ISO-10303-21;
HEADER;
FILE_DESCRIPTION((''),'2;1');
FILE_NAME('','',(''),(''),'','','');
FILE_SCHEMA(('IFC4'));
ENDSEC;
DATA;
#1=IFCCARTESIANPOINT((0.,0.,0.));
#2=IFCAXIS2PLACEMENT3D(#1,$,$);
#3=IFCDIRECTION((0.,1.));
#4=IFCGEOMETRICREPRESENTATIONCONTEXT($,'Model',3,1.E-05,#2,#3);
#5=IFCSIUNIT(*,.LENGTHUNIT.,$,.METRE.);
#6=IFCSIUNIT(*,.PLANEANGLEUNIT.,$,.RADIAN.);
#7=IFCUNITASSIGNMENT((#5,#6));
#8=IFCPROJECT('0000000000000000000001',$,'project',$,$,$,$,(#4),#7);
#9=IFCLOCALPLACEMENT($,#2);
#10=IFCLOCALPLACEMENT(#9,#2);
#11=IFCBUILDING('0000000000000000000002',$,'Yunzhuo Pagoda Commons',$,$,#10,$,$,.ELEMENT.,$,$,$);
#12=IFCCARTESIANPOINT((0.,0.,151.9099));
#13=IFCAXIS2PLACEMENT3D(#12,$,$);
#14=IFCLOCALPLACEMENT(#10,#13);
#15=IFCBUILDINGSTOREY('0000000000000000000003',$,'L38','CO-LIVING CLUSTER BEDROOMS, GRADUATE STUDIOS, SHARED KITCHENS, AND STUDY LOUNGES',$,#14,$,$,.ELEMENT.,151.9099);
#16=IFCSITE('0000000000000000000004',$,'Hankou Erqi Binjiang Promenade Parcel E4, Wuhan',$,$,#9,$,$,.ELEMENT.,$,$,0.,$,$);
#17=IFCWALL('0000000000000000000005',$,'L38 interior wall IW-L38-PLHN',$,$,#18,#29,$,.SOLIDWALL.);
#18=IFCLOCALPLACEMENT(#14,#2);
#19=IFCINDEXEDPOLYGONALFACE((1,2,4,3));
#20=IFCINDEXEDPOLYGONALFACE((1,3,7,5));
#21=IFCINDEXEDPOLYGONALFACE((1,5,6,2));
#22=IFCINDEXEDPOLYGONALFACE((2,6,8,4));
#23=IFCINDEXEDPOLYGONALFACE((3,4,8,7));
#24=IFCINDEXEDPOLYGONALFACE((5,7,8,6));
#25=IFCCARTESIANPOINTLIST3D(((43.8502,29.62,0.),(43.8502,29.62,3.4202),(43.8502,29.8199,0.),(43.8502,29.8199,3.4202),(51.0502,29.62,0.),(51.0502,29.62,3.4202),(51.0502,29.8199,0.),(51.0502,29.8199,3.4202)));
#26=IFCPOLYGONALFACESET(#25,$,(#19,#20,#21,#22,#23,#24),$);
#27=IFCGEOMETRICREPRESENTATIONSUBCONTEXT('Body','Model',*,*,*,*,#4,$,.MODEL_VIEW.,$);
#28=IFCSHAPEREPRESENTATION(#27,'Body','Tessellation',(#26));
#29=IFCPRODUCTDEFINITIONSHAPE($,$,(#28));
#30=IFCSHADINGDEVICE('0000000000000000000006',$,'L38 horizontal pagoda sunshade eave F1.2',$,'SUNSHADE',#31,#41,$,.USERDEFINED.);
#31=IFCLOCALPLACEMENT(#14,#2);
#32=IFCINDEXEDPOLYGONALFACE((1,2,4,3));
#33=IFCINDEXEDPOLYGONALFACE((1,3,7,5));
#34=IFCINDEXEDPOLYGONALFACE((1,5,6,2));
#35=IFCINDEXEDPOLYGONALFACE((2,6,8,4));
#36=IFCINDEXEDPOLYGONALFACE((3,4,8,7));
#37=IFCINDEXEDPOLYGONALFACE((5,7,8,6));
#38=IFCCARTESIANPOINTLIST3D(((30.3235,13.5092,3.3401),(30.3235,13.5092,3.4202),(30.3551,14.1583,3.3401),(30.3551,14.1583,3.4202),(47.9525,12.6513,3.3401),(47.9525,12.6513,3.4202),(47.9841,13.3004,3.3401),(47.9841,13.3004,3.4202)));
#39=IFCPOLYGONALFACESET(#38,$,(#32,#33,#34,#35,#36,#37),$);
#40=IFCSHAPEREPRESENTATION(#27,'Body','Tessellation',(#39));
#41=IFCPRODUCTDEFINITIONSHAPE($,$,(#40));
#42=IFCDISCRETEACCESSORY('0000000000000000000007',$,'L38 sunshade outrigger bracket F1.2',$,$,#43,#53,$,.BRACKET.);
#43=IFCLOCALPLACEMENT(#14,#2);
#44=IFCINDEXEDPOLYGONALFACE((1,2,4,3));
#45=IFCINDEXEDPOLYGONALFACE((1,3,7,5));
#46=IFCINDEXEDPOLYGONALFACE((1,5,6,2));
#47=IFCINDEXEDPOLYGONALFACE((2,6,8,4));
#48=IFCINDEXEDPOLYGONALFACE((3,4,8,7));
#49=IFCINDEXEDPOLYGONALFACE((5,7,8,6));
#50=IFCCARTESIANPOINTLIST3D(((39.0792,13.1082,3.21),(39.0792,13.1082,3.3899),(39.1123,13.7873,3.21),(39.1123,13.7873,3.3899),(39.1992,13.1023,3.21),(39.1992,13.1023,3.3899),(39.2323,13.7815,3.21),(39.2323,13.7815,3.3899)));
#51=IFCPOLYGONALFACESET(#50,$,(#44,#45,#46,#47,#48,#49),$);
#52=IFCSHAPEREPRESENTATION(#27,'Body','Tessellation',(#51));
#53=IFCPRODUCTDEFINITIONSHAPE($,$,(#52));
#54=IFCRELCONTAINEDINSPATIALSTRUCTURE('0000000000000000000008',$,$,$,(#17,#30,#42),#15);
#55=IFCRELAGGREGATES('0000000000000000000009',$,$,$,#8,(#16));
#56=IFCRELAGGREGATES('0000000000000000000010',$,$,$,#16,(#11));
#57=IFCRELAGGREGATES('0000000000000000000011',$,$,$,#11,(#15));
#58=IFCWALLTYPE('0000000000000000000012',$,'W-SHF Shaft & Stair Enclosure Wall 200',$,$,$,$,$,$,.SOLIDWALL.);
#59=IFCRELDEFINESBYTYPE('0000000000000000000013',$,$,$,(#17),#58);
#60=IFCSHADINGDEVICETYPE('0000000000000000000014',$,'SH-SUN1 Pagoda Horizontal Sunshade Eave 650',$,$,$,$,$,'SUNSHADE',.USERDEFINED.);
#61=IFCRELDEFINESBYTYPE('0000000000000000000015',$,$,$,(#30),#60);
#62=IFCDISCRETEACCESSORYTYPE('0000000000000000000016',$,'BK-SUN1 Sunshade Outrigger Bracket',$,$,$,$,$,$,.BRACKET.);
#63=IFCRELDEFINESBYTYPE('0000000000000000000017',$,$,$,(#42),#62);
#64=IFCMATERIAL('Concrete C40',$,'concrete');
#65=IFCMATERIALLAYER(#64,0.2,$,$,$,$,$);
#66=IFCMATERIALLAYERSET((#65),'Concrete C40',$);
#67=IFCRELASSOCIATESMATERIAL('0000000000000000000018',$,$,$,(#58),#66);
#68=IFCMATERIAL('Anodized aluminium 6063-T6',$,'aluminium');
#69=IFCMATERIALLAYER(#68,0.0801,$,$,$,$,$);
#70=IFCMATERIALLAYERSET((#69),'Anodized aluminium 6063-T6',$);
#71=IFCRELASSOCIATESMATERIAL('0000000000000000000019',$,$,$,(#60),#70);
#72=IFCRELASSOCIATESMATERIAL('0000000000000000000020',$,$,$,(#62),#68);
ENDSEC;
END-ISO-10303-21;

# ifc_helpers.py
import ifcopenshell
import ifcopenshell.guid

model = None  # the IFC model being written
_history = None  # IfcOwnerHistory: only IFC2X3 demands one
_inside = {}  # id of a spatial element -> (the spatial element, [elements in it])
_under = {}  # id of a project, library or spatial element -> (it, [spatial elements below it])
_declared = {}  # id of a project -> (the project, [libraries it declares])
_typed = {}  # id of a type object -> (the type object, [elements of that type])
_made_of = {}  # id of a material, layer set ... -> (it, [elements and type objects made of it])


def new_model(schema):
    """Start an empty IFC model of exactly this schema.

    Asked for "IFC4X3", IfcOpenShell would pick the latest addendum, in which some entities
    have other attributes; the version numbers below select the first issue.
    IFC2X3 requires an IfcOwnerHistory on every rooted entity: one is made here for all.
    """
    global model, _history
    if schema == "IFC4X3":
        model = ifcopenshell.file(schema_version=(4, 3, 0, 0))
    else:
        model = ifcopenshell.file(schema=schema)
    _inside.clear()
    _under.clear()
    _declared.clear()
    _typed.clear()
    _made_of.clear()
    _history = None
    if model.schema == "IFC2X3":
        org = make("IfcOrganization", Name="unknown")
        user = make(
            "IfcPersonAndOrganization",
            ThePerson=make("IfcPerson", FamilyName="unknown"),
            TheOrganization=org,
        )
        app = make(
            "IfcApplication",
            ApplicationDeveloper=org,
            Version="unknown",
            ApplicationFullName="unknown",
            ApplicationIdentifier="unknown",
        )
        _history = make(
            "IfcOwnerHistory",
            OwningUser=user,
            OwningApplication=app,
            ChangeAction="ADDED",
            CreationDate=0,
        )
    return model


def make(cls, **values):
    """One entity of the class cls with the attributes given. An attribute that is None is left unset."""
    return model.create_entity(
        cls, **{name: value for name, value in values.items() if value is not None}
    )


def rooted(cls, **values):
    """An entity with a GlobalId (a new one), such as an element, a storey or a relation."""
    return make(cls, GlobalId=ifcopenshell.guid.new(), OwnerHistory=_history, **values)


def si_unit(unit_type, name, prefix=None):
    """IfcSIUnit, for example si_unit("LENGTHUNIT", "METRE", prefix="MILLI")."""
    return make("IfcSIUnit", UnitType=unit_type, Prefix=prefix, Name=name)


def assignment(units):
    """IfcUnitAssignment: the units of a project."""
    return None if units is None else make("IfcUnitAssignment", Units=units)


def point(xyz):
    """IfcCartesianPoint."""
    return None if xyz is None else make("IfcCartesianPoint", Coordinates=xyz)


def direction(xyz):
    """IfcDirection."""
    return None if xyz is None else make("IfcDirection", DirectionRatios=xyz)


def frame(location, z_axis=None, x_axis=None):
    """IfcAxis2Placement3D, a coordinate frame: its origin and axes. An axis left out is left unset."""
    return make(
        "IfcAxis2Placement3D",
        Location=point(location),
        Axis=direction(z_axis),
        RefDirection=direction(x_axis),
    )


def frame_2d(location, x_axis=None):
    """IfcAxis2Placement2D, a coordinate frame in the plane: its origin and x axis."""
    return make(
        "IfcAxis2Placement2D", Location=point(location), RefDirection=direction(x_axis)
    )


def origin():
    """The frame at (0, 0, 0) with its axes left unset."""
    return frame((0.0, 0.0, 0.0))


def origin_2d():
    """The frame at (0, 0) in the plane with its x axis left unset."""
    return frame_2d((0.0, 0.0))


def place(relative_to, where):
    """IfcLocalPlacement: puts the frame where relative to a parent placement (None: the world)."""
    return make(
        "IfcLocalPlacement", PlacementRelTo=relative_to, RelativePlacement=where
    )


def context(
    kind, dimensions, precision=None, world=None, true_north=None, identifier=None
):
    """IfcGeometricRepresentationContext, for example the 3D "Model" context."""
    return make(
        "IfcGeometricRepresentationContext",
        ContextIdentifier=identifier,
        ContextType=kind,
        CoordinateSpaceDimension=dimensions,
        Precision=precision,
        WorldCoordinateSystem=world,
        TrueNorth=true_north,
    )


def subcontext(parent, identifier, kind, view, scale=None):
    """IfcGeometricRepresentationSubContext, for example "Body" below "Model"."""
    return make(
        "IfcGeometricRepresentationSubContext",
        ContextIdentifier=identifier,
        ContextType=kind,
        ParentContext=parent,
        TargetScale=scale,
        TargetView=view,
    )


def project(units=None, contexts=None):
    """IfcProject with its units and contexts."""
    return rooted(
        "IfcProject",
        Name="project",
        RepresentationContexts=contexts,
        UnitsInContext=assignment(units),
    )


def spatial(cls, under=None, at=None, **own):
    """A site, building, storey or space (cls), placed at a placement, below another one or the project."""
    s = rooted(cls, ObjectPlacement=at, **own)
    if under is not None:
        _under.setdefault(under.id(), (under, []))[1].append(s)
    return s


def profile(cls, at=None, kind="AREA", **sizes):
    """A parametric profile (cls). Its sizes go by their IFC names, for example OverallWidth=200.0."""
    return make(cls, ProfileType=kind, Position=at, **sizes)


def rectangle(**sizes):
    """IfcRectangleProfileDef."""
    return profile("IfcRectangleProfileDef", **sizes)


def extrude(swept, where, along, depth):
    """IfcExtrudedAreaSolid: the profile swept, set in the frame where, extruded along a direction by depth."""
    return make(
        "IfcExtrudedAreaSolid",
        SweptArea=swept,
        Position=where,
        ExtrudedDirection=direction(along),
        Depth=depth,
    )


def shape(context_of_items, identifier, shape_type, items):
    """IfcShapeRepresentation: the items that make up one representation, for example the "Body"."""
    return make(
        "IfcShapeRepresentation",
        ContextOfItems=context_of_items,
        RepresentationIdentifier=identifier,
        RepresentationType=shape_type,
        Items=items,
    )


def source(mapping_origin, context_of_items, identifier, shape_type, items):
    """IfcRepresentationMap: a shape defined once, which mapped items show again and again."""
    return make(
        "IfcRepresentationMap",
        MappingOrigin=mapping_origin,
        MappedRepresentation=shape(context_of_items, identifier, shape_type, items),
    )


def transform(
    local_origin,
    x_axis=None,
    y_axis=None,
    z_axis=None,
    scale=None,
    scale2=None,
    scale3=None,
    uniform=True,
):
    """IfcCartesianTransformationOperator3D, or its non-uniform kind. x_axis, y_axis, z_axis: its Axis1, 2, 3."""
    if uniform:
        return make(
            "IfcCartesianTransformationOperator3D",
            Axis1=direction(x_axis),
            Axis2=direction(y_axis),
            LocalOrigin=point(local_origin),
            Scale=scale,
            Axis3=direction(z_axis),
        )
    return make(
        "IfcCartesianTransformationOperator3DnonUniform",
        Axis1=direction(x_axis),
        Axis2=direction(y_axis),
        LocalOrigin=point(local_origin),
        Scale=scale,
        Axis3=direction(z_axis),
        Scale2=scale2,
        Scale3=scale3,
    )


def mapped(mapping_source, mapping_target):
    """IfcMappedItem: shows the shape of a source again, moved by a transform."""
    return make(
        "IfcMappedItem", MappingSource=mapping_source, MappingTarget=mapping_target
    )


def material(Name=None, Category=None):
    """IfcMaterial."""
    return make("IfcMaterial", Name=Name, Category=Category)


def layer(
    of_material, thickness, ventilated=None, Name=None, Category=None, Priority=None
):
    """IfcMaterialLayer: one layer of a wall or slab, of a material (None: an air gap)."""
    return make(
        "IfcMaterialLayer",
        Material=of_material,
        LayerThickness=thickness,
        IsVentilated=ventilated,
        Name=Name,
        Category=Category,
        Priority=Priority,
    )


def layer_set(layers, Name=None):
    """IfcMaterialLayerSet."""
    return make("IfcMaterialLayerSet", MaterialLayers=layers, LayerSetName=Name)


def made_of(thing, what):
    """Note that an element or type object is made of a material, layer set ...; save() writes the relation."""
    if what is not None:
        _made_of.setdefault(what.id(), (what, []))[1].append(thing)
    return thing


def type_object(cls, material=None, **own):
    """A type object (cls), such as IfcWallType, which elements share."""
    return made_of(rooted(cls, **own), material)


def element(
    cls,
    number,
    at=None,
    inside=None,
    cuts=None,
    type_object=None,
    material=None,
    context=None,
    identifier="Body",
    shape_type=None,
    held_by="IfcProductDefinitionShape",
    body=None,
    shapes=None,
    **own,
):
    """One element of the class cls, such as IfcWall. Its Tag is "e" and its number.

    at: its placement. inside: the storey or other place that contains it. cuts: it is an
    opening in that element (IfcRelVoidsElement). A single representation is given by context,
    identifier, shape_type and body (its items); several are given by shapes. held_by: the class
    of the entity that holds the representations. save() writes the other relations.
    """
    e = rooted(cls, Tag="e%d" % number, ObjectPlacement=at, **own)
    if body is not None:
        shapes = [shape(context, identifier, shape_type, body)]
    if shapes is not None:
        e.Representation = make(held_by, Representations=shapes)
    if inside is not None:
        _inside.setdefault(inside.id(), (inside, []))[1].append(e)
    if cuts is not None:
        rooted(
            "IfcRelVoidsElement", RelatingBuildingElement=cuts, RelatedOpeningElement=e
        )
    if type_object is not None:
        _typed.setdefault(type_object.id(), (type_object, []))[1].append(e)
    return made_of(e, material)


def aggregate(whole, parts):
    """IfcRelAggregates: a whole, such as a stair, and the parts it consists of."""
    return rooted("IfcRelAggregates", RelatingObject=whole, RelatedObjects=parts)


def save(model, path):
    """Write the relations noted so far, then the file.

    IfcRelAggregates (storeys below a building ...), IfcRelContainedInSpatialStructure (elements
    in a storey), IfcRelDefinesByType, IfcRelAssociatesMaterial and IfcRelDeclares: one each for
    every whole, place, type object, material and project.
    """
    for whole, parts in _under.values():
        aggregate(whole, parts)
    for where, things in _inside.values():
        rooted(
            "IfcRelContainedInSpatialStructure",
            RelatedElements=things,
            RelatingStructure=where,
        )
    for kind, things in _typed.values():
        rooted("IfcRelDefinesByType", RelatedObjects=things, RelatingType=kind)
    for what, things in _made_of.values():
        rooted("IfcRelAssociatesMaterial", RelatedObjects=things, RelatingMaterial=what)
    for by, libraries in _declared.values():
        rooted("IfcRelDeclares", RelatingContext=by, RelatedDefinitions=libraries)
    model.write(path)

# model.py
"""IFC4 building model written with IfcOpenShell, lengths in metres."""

from ifc_helpers import new_model, si_unit, direction, frame, frame_2d, origin, origin_2d, place, context, subcontext, project, spatial, rectangle, extrude, source, transform, mapped, material, layer, layer_set, type_object, element, save


model = new_model("IFC4")

# Units and contexts
model_context = context("Model", 3, precision=1e-05, world=origin(), true_north=direction((0.0, 1.0)))
body_context = subcontext(model_context, "Body", "Model", "MODEL_VIEW")
ifc_project = project(units=[si_unit("LENGTHUNIT", "METRE"), si_unit("PLANEANGLEUNIT", "RADIAN")], contexts=[model_context])

# Site, building, storey
site_placement = place(None, origin())
site = spatial("IfcSite", under=ifc_project, at=site_placement, Name="Hankou Erqi Binjiang Promenade Parcel E4, Wuhan", CompositionType="ELEMENT", RefElevation=0.0)
building_placement = place(site_placement, origin())
building = spatial("IfcBuilding", under=site, at=building_placement, Name="Yunzhuo Pagoda Commons", CompositionType="ELEMENT")
storey_placement = place(building_placement, frame((0.0, 0.0, 151.9099)))
storey = spatial("IfcBuildingStorey", under=building, at=storey_placement, Name="L38", Description="CO-LIVING CLUSTER BEDROOMS, GRADUATE STUDIOS, SHARED KITCHENS, AND STUDY LOUNGES", CompositionType="ELEMENT", Elevation=151.9099)

# Shared definitions
ifc_material_1 = material(Name="Anodized aluminium 6063-T6", Category="aluminium")

# Shared definitions
ifc_material_2 = material(Name="Concrete C40", Category="concrete")
ifc_layer_1 = layer(ifc_material_2, 0.2)
ifc_layer_set_1 = layer_set([ifc_layer_1], Name="Concrete C40")
wall_type_1 = type_object("IfcWallType", Name="W-SHF Shaft & Stair Enclosure Wall 200", PredefinedType="SOLIDWALL", material=ifc_layer_set_1)

# Wall
wall_1_placement = place(storey_placement, frame((43.8501, 29.72, 0.0), z_axis=(0.0, 0.0, 1.0), x_axis=(1.0, 0.0, 0.0)))
element("IfcWall", 1, at=wall_1_placement, inside=storey, type_object=wall_type_1, Name="L38 interior wall IW-L38-PLHN", PredefinedType="SOLIDWALL", context=body_context, shape_type="SweptSolid", body=[
    extrude(rectangle(XDim=7.2, YDim=0.2, at=frame_2d((3.6001, 0.0))), origin(), (0.0, 0.0, 1.0), 3.4202),
])

# Shading device
ifc_layer_2 = layer(ifc_material_1, 0.0801)
ifc_layer_set_2 = layer_set([ifc_layer_2], Name="Anodized aluminium 6063-T6")
shading_device_type = type_object("IfcShadingDeviceType", Name="SH-SUN1 Pagoda Horizontal Sunshade Eave 650", ElementType="SUNSHADE", PredefinedType="USERDEFINED", material=ifc_layer_set_2)
shared_shape_1 = source(origin(), body_context, "Body", "SweptSolid", [
    extrude(rectangle(XDim=17.6499, YDim=0.6499, at=origin_2d()), origin(), (0.0, 0.0, 1.0), 0.0801),
])
shading_device_placement = place(storey_placement, frame((39.1538, 13.4048, 3.3401), z_axis=(0.0, 0.0, 1.0), x_axis=(0.998818, -0.048606, 0.0)))
element("IfcShadingDevice", 2, at=shading_device_placement, inside=storey, type_object=shading_device_type, Name="L38 horizontal pagoda sunshade eave F1.2", ObjectType="SUNSHADE", PredefinedType="USERDEFINED", context=body_context, shape_type="MappedRepresentation", body=[
    mapped(shared_shape_1, transform((0.0, 0.0, 0.0), scale=1.0)),
])

# Discrete accessory
discrete_accessory_type = type_object("IfcDiscreteAccessoryType", Name="BK-SUN1 Sunshade Outrigger Bracket", PredefinedType="BRACKET", material=ifc_material_1)
shared_shape_2 = source(origin(), body_context, "Body", "SweptSolid", [
    extrude(rectangle(XDim=0.1201, YDim=0.6799, at=origin_2d()), origin(), (0.0, 0.0, 1.0), 0.1799),
])
discrete_accessory_placement = place(storey_placement, frame((39.1558, 13.4448, 3.21), z_axis=(0.0, 0.0, 1.0), x_axis=(0.998818, -0.048606, 0.0)))
element("IfcDiscreteAccessory", 3, at=discrete_accessory_placement, inside=storey, type_object=discrete_accessory_type, Name="L38 sunshade outrigger bracket F1.2", PredefinedType="BRACKET", context=body_context, shape_type="MappedRepresentation", body=[
    mapped(shared_shape_2, transform((0.0, 0.0, 0.0), scale=1.0)),
])

save(model, "model.ifc")
